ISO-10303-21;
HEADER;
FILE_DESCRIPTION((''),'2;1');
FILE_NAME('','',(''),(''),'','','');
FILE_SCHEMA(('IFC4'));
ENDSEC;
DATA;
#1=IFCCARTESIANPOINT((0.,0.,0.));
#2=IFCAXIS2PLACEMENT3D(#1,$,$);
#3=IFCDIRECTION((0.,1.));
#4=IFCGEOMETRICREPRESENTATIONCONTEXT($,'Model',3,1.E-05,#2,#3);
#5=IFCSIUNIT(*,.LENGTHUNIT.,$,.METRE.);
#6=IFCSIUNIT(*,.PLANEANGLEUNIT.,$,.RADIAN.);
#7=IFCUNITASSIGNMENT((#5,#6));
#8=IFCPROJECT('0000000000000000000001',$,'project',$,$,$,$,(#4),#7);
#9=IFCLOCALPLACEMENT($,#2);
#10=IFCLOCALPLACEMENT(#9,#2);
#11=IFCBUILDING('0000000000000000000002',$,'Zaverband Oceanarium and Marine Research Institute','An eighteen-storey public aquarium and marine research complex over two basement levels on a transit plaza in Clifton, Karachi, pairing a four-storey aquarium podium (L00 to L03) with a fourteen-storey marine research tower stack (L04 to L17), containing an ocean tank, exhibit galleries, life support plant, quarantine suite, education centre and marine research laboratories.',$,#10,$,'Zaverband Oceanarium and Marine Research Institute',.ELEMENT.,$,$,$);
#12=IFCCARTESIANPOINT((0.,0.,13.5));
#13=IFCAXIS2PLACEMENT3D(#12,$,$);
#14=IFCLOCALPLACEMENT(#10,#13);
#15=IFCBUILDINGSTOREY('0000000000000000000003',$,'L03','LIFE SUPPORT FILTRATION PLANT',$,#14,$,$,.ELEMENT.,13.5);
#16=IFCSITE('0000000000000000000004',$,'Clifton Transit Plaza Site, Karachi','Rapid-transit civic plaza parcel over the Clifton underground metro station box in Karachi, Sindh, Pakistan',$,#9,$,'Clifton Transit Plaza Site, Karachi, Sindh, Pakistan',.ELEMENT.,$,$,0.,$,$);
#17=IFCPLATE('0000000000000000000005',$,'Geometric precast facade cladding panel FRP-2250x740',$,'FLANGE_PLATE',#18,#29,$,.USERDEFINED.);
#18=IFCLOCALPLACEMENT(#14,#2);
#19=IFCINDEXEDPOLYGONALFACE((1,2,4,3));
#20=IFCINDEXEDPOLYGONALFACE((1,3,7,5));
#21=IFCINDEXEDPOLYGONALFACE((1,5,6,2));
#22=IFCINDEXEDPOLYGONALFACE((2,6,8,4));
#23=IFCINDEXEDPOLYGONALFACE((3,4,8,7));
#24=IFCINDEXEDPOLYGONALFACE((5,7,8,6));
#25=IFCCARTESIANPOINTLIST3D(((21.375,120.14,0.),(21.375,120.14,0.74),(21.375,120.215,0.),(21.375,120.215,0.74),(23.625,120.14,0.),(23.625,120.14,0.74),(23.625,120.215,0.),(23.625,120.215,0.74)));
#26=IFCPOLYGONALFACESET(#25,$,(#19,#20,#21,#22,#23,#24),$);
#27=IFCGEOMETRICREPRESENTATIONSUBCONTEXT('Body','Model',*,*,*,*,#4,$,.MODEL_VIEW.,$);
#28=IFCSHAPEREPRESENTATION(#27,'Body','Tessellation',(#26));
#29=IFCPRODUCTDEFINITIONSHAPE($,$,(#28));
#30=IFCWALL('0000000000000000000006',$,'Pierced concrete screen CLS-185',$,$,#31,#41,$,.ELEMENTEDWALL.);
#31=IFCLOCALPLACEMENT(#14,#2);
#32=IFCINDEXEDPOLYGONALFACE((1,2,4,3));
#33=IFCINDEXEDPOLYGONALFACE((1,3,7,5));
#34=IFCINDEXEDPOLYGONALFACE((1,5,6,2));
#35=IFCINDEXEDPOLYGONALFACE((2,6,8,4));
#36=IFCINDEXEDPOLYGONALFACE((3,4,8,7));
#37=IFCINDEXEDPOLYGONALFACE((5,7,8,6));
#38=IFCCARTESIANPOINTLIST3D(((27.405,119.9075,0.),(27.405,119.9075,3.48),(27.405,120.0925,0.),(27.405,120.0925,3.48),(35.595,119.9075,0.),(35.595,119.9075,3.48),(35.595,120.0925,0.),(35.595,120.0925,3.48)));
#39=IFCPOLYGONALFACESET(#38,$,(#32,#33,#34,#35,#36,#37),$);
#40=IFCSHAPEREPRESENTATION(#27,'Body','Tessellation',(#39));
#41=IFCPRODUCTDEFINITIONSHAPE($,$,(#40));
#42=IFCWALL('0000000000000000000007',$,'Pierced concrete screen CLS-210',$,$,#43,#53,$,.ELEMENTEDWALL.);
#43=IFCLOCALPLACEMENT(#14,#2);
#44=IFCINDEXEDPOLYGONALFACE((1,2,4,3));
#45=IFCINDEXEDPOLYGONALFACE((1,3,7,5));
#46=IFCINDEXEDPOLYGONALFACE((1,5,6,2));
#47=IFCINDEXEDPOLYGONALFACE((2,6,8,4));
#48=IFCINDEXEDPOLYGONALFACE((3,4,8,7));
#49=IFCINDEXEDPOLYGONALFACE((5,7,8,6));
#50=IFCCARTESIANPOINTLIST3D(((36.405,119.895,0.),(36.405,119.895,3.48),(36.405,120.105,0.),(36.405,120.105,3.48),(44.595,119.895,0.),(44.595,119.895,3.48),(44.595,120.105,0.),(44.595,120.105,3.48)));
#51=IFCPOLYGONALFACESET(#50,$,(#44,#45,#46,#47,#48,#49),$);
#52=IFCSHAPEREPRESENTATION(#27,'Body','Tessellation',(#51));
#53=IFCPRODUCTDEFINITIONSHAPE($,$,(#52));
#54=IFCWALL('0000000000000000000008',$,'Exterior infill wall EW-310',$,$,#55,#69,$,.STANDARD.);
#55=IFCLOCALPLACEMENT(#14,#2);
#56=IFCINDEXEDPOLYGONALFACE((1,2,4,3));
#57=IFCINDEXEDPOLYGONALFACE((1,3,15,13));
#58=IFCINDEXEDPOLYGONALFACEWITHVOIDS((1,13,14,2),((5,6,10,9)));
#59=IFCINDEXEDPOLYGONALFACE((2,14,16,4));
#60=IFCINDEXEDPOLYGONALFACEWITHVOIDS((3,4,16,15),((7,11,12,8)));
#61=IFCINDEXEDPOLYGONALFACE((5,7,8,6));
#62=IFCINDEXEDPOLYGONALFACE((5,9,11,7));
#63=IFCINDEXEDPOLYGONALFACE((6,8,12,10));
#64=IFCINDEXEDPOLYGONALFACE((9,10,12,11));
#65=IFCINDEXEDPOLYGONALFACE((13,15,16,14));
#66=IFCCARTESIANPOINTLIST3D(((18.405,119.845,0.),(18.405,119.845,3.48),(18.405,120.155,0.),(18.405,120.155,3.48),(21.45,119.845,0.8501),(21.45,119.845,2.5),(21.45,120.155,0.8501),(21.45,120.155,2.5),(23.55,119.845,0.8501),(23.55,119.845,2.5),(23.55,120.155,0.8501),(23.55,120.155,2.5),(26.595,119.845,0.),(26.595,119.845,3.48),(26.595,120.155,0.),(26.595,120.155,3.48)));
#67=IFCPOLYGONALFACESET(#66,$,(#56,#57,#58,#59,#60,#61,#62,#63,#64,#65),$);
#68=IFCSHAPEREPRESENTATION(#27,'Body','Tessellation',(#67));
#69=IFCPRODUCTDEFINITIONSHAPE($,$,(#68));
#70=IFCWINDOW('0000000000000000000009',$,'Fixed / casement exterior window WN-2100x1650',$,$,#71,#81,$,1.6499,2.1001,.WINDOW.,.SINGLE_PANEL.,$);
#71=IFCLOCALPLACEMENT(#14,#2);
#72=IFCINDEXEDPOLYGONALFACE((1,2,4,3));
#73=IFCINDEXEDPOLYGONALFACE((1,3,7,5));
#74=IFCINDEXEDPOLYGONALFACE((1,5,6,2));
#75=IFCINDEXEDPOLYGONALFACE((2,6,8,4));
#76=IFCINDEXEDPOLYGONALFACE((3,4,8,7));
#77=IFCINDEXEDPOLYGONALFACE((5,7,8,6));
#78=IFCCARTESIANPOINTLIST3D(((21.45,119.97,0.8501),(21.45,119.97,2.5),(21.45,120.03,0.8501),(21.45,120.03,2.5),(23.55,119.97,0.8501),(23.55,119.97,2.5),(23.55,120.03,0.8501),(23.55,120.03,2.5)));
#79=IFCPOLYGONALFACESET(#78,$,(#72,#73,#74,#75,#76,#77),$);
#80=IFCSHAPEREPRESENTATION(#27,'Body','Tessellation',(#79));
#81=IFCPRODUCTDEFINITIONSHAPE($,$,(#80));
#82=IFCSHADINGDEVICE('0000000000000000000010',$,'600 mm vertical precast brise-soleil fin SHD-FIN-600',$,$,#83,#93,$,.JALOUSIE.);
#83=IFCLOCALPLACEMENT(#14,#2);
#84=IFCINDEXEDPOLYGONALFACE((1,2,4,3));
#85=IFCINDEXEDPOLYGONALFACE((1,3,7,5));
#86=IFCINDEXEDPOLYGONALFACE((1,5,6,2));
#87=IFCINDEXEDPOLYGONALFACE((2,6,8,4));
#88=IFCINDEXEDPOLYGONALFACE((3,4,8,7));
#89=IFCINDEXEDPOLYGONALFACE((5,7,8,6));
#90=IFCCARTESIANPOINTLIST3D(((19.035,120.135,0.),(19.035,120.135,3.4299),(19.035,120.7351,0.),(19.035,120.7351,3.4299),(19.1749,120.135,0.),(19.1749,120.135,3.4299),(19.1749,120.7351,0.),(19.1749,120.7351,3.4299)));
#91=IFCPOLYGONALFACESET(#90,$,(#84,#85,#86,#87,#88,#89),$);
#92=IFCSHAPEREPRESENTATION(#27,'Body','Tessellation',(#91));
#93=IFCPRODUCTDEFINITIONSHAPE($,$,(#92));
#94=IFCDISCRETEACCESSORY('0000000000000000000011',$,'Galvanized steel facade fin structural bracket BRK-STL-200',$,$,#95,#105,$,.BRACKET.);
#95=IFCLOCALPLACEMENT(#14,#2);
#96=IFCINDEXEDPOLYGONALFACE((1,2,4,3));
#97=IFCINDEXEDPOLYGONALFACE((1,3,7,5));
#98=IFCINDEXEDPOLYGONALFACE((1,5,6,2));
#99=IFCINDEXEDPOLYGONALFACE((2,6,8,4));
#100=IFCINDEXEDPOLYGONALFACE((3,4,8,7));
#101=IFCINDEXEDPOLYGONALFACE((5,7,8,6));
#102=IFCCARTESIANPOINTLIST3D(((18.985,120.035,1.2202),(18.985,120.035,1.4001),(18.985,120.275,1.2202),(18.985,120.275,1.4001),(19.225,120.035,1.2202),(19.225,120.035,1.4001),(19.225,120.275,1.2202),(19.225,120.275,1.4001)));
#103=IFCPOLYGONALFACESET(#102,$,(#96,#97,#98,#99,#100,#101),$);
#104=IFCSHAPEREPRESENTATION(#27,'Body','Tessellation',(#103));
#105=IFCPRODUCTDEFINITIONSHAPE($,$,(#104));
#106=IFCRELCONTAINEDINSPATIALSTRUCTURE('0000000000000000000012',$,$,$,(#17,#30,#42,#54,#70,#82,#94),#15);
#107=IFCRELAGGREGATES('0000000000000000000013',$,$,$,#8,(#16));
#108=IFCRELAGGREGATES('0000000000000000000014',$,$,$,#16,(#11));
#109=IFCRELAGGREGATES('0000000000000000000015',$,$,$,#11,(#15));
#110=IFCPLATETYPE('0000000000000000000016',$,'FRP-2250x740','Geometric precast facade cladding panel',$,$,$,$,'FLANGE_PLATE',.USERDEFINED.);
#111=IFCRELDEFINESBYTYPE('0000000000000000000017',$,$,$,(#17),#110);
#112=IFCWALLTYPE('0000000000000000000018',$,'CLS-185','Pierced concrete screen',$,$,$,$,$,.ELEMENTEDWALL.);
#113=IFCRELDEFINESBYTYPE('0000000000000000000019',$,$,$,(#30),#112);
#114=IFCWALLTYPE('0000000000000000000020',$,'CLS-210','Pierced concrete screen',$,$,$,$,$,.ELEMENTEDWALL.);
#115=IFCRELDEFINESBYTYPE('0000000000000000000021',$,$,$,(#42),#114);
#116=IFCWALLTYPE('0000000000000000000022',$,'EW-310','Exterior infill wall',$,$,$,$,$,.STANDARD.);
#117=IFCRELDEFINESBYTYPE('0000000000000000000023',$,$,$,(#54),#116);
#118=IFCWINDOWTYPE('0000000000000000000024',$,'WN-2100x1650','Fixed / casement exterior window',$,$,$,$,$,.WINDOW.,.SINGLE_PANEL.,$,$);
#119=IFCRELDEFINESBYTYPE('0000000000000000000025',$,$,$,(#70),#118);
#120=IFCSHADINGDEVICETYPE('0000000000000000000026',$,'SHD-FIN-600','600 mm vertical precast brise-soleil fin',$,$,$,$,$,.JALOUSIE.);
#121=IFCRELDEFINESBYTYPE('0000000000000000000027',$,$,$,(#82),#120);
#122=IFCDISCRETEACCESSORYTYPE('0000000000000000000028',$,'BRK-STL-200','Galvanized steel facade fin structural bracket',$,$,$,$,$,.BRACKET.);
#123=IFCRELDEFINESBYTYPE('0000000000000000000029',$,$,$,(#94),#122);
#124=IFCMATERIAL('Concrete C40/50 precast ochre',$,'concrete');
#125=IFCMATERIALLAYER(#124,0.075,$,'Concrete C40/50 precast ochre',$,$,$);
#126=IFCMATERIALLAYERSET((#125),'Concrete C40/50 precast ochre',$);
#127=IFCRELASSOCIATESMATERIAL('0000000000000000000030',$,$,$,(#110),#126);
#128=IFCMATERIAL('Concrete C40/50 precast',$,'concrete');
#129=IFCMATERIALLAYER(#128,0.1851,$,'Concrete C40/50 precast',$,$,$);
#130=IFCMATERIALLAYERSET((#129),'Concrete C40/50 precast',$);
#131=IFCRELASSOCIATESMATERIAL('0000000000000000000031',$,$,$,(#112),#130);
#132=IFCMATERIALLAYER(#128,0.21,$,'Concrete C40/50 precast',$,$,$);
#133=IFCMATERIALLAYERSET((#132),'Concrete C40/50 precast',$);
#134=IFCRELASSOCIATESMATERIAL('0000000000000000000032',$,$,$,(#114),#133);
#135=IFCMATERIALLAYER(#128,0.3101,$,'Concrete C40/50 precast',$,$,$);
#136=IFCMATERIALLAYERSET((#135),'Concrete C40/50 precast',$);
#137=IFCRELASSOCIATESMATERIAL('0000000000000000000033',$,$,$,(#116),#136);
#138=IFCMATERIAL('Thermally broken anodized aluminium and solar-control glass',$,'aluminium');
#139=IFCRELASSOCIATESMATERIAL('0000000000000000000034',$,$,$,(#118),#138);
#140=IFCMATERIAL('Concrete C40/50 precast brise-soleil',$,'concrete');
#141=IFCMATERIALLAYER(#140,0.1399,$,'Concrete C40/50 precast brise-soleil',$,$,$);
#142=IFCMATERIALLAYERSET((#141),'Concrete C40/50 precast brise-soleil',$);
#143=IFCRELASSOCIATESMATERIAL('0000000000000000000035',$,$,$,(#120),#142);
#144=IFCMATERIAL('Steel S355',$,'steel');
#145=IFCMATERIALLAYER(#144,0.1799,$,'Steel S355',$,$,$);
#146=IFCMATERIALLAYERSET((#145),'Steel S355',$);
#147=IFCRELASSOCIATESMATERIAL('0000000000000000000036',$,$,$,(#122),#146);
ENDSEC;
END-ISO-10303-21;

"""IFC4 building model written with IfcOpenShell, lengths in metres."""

from ifc_helpers import new_model, si_unit, direction, frame, frame_2d, origin, origin_2d, place, context, subcontext, project, spatial, rectangle, extrude, material, layer, layer_set, type_object, element, fill, save


model = new_model("IFC4")

# Units and contexts
model_context = context("Model", 3, precision=1e-05, world=origin(), true_north=direction((0.0, 1.0)))
body_context = subcontext(model_context, "Body", "Model", "MODEL_VIEW")
ifc_project = project(units=[si_unit("LENGTHUNIT", "METRE"), si_unit("PLANEANGLEUNIT", "RADIAN")], contexts=[model_context])

# Site, building, storey
site_placement = place(None, origin())
site = spatial("IfcSite", under=ifc_project, at=site_placement, Name="Clifton Transit Plaza Site, Karachi", Description="Rapid-transit civic plaza parcel over the Clifton underground metro station box in Karachi, Sindh, Pakistan", LongName="Clifton Transit Plaza Site, Karachi, Sindh, Pakistan", CompositionType="ELEMENT", RefElevation=0.0)
building_placement = place(site_placement, origin())
building = spatial("IfcBuilding", under=site, at=building_placement, Name="Zaverband Oceanarium and Marine Research Institute", Description="An eighteen-storey public aquarium and marine research complex over two basement levels on a transit plaza in Clifton, Karachi, pairing a four-storey aquarium podium (L00 to L03) with a fourteen-storey marine research tower stack (L04 to L17), containing an ocean tank, exhibit galleries, life support plant, quarantine suite, education centre and marine research laboratories.", LongName="Zaverband Oceanarium and Marine Research Institute", CompositionType="ELEMENT")
storey_placement = place(building_placement, frame((0.0, 0.0, 13.5)))
storey = spatial("IfcBuildingStorey", under=building, at=storey_placement, Name="L03", Description="LIFE SUPPORT FILTRATION PLANT", CompositionType="ELEMENT", Elevation=13.5)

# Plate
ifc_material_1 = material(Name="Concrete C40/50 precast ochre", Category="concrete")
ifc_layer_1 = layer(ifc_material_1, 0.075, Name="Concrete C40/50 precast ochre")
ifc_layer_set_1 = layer_set([ifc_layer_1], Name="Concrete C40/50 precast ochre")
plate_type = type_object("IfcPlateType", Name="FRP-2250x740", Description="Geometric precast facade cladding panel", ElementType="FLANGE_PLATE", PredefinedType="USERDEFINED", material=ifc_layer_set_1)
plate_placement = place(storey_placement, frame((21.375, 120.1775, 0.0), z_axis=(0.0, 0.0, 1.0), x_axis=(1.0, 0.0, 0.0)))
element("IfcPlate", 1, at=plate_placement, inside=storey, type_object=plate_type, Name="Geometric precast facade cladding panel FRP-2250x740", ObjectType="FLANGE_PLATE", PredefinedType="USERDEFINED", context=body_context, shape_type="SweptSolid", body=[
    extrude(rectangle(XDim=2.25, YDim=0.075, at=frame_2d((1.125, 0.0))), origin(), (0.0, 0.0, 1.0), 0.74),
])

# Walls
ifc_material_2 = material(Name="Concrete C40/50 precast", Category="concrete")
ifc_layer_2 = layer(ifc_material_2, 0.1851, Name="Concrete C40/50 precast")
ifc_layer_set_2 = layer_set([ifc_layer_2], Name="Concrete C40/50 precast")
wall_type_1 = type_object("IfcWallType", Name="CLS-185", Description="Pierced concrete screen", PredefinedType="ELEMENTEDWALL", material=ifc_layer_set_2)
wall_1_placement = place(storey_placement, frame((27.405, 120.0, 0.0), z_axis=(0.0, 0.0, 1.0), x_axis=(1.0, 0.0, 0.0)))
element("IfcWall", 2, at=wall_1_placement, inside=storey, type_object=wall_type_1, Name="Pierced concrete screen CLS-185", PredefinedType="ELEMENTEDWALL", context=body_context, shape_type="SweptSolid", body=[
    extrude(rectangle(XDim=8.1899, YDim=0.1851, at=frame_2d((4.095, 0.0))), origin(), (0.0, 0.0, 1.0), 3.48),
])
ifc_layer_3 = layer(ifc_material_2, 0.21, Name="Concrete C40/50 precast")
ifc_layer_set_3 = layer_set([ifc_layer_3], Name="Concrete C40/50 precast")
wall_type_2 = type_object("IfcWallType", Name="CLS-210", Description="Pierced concrete screen", PredefinedType="ELEMENTEDWALL", material=ifc_layer_set_3)
wall_2_placement = place(storey_placement, frame((36.405, 120.0, 0.0), z_axis=(0.0, 0.0, 1.0), x_axis=(1.0, 0.0, 0.0)))
element("IfcWall", 3, at=wall_2_placement, inside=storey, type_object=wall_type_2, Name="Pierced concrete screen CLS-210", PredefinedType="ELEMENTEDWALL", context=body_context, shape_type="SweptSolid", body=[
    extrude(rectangle(XDim=8.1899, YDim=0.21, at=frame_2d((4.095, 0.0))), origin(), (0.0, 0.0, 1.0), 3.48),
])

# Wall, opening, window
ifc_layer_4 = layer(ifc_material_2, 0.3101, Name="Concrete C40/50 precast")
ifc_layer_set_4 = layer_set([ifc_layer_4], Name="Concrete C40/50 precast")
wall_type_3 = type_object("IfcWallType", Name="EW-310", Description="Exterior infill wall", PredefinedType="STANDARD", material=ifc_layer_set_4)
wall_3_placement = place(storey_placement, frame((18.405, 120.0, 0.0), z_axis=(0.0, 0.0, 1.0), x_axis=(1.0, 0.0, 0.0)))
wall_3 = element("IfcWall", 4, at=wall_3_placement, inside=storey, type_object=wall_type_3, Name="Exterior infill wall EW-310", PredefinedType="STANDARD", context=body_context, shape_type="SweptSolid", body=[
    extrude(rectangle(XDim=8.1899, YDim=0.3101, at=frame_2d((4.095, 0.0))), origin(), (0.0, 0.0, 1.0), 3.48),
])
opening_placement = place(wall_3_placement, frame((3.0449, 0.0, 0.8501)))
opening = element("IfcOpeningElement", 5, at=opening_placement, cuts=wall_3, PredefinedType="OPENING", context=body_context, shape_type="SweptSolid", body=[
    extrude(rectangle(XDim=2.1001, YDim=1.6499, at=frame_2d((1.05, 0.825))), frame((0.0, 0.167, 0.0), z_axis=(0.0, -1.0, 0.0), x_axis=(1.0, 0.0, 0.0)), (0.0, 0.0, 1.0), 0.334),
])
ifc_material_3 = material(Name="Thermally broken anodized aluminium and solar-control glass", Category="aluminium")
window_type = type_object("IfcWindowType", Name="WN-2100x1650", Description="Fixed / casement exterior window", PartitioningType="SINGLE_PANEL", PredefinedType="WINDOW", material=ifc_material_3)
window_placement = place(opening_placement, origin())
window = element("IfcWindow", 6, at=window_placement, inside=storey, type_object=window_type, Name="Fixed / casement exterior window WN-2100x1650", OverallHeight=1.6499, OverallWidth=2.1001, PartitioningType="SINGLE_PANEL", PredefinedType="WINDOW", context=body_context, shape_type="SweptSolid", body=[
    extrude(rectangle(XDim=2.1001, YDim=1.6499, at=frame_2d((1.05, 0.825))), frame((0.0, 0.03, 0.0), z_axis=(0.0, -1.0, 0.0), x_axis=(1.0, 0.0, 0.0)), (0.0, 0.0, 1.0), 0.0601),
])
fill(opening, window)

# Shading device
ifc_material_4 = material(Name="Concrete C40/50 precast brise-soleil", Category="concrete")
ifc_layer_5 = layer(ifc_material_4, 0.1399, Name="Concrete C40/50 precast brise-soleil")
ifc_layer_set_5 = layer_set([ifc_layer_5], Name="Concrete C40/50 precast brise-soleil")
shading_device_type = type_object("IfcShadingDeviceType", Name="SHD-FIN-600", Description="600 mm vertical precast brise-soleil fin", PredefinedType="JALOUSIE", material=ifc_layer_set_5)
shading_device_placement = place(storey_placement, frame((19.105, 120.135, 0.0), z_axis=(0.0, 0.0, 1.0), x_axis=(0.0, 1.0, 0.0)))
element("IfcShadingDevice", 7, at=shading_device_placement, inside=storey, type_object=shading_device_type, Name="600 mm vertical precast brise-soleil fin SHD-FIN-600", PredefinedType="JALOUSIE", context=body_context, shape_type="SweptSolid", body=[
    extrude(rectangle(XDim=0.6001, YDim=0.1399, at=frame_2d((0.3, 0.0))), origin(), (0.0, 0.0, 1.0), 3.4299),
])

# Discrete accessory
ifc_material_5 = material(Name="Steel S355", Category="steel")
ifc_layer_6 = layer(ifc_material_5, 0.1799, Name="Steel S355")
ifc_layer_set_6 = layer_set([ifc_layer_6], Name="Steel S355")
discrete_accessory_type = type_object("IfcDiscreteAccessoryType", Name="BRK-STL-200", Description="Galvanized steel facade fin structural bracket", PredefinedType="BRACKET", material=ifc_layer_set_6)
discrete_accessory_placement = place(storey_placement, frame((19.105, 120.155, 1.2202), z_axis=(0.0, 0.0, 1.0), x_axis=(1.0, 0.0, 0.0)))
element("IfcDiscreteAccessory", 8, at=discrete_accessory_placement, inside=storey, type_object=discrete_accessory_type, Name="Galvanized steel facade fin structural bracket BRK-STL-200", PredefinedType="BRACKET", context=body_context, shape_type="SweptSolid", body=[
    extrude(rectangle(XDim=0.24, YDim=0.24, at=origin_2d()), origin(), (0.0, 0.0, 1.0), 0.1799),
])

save(model, "model.ifc")
